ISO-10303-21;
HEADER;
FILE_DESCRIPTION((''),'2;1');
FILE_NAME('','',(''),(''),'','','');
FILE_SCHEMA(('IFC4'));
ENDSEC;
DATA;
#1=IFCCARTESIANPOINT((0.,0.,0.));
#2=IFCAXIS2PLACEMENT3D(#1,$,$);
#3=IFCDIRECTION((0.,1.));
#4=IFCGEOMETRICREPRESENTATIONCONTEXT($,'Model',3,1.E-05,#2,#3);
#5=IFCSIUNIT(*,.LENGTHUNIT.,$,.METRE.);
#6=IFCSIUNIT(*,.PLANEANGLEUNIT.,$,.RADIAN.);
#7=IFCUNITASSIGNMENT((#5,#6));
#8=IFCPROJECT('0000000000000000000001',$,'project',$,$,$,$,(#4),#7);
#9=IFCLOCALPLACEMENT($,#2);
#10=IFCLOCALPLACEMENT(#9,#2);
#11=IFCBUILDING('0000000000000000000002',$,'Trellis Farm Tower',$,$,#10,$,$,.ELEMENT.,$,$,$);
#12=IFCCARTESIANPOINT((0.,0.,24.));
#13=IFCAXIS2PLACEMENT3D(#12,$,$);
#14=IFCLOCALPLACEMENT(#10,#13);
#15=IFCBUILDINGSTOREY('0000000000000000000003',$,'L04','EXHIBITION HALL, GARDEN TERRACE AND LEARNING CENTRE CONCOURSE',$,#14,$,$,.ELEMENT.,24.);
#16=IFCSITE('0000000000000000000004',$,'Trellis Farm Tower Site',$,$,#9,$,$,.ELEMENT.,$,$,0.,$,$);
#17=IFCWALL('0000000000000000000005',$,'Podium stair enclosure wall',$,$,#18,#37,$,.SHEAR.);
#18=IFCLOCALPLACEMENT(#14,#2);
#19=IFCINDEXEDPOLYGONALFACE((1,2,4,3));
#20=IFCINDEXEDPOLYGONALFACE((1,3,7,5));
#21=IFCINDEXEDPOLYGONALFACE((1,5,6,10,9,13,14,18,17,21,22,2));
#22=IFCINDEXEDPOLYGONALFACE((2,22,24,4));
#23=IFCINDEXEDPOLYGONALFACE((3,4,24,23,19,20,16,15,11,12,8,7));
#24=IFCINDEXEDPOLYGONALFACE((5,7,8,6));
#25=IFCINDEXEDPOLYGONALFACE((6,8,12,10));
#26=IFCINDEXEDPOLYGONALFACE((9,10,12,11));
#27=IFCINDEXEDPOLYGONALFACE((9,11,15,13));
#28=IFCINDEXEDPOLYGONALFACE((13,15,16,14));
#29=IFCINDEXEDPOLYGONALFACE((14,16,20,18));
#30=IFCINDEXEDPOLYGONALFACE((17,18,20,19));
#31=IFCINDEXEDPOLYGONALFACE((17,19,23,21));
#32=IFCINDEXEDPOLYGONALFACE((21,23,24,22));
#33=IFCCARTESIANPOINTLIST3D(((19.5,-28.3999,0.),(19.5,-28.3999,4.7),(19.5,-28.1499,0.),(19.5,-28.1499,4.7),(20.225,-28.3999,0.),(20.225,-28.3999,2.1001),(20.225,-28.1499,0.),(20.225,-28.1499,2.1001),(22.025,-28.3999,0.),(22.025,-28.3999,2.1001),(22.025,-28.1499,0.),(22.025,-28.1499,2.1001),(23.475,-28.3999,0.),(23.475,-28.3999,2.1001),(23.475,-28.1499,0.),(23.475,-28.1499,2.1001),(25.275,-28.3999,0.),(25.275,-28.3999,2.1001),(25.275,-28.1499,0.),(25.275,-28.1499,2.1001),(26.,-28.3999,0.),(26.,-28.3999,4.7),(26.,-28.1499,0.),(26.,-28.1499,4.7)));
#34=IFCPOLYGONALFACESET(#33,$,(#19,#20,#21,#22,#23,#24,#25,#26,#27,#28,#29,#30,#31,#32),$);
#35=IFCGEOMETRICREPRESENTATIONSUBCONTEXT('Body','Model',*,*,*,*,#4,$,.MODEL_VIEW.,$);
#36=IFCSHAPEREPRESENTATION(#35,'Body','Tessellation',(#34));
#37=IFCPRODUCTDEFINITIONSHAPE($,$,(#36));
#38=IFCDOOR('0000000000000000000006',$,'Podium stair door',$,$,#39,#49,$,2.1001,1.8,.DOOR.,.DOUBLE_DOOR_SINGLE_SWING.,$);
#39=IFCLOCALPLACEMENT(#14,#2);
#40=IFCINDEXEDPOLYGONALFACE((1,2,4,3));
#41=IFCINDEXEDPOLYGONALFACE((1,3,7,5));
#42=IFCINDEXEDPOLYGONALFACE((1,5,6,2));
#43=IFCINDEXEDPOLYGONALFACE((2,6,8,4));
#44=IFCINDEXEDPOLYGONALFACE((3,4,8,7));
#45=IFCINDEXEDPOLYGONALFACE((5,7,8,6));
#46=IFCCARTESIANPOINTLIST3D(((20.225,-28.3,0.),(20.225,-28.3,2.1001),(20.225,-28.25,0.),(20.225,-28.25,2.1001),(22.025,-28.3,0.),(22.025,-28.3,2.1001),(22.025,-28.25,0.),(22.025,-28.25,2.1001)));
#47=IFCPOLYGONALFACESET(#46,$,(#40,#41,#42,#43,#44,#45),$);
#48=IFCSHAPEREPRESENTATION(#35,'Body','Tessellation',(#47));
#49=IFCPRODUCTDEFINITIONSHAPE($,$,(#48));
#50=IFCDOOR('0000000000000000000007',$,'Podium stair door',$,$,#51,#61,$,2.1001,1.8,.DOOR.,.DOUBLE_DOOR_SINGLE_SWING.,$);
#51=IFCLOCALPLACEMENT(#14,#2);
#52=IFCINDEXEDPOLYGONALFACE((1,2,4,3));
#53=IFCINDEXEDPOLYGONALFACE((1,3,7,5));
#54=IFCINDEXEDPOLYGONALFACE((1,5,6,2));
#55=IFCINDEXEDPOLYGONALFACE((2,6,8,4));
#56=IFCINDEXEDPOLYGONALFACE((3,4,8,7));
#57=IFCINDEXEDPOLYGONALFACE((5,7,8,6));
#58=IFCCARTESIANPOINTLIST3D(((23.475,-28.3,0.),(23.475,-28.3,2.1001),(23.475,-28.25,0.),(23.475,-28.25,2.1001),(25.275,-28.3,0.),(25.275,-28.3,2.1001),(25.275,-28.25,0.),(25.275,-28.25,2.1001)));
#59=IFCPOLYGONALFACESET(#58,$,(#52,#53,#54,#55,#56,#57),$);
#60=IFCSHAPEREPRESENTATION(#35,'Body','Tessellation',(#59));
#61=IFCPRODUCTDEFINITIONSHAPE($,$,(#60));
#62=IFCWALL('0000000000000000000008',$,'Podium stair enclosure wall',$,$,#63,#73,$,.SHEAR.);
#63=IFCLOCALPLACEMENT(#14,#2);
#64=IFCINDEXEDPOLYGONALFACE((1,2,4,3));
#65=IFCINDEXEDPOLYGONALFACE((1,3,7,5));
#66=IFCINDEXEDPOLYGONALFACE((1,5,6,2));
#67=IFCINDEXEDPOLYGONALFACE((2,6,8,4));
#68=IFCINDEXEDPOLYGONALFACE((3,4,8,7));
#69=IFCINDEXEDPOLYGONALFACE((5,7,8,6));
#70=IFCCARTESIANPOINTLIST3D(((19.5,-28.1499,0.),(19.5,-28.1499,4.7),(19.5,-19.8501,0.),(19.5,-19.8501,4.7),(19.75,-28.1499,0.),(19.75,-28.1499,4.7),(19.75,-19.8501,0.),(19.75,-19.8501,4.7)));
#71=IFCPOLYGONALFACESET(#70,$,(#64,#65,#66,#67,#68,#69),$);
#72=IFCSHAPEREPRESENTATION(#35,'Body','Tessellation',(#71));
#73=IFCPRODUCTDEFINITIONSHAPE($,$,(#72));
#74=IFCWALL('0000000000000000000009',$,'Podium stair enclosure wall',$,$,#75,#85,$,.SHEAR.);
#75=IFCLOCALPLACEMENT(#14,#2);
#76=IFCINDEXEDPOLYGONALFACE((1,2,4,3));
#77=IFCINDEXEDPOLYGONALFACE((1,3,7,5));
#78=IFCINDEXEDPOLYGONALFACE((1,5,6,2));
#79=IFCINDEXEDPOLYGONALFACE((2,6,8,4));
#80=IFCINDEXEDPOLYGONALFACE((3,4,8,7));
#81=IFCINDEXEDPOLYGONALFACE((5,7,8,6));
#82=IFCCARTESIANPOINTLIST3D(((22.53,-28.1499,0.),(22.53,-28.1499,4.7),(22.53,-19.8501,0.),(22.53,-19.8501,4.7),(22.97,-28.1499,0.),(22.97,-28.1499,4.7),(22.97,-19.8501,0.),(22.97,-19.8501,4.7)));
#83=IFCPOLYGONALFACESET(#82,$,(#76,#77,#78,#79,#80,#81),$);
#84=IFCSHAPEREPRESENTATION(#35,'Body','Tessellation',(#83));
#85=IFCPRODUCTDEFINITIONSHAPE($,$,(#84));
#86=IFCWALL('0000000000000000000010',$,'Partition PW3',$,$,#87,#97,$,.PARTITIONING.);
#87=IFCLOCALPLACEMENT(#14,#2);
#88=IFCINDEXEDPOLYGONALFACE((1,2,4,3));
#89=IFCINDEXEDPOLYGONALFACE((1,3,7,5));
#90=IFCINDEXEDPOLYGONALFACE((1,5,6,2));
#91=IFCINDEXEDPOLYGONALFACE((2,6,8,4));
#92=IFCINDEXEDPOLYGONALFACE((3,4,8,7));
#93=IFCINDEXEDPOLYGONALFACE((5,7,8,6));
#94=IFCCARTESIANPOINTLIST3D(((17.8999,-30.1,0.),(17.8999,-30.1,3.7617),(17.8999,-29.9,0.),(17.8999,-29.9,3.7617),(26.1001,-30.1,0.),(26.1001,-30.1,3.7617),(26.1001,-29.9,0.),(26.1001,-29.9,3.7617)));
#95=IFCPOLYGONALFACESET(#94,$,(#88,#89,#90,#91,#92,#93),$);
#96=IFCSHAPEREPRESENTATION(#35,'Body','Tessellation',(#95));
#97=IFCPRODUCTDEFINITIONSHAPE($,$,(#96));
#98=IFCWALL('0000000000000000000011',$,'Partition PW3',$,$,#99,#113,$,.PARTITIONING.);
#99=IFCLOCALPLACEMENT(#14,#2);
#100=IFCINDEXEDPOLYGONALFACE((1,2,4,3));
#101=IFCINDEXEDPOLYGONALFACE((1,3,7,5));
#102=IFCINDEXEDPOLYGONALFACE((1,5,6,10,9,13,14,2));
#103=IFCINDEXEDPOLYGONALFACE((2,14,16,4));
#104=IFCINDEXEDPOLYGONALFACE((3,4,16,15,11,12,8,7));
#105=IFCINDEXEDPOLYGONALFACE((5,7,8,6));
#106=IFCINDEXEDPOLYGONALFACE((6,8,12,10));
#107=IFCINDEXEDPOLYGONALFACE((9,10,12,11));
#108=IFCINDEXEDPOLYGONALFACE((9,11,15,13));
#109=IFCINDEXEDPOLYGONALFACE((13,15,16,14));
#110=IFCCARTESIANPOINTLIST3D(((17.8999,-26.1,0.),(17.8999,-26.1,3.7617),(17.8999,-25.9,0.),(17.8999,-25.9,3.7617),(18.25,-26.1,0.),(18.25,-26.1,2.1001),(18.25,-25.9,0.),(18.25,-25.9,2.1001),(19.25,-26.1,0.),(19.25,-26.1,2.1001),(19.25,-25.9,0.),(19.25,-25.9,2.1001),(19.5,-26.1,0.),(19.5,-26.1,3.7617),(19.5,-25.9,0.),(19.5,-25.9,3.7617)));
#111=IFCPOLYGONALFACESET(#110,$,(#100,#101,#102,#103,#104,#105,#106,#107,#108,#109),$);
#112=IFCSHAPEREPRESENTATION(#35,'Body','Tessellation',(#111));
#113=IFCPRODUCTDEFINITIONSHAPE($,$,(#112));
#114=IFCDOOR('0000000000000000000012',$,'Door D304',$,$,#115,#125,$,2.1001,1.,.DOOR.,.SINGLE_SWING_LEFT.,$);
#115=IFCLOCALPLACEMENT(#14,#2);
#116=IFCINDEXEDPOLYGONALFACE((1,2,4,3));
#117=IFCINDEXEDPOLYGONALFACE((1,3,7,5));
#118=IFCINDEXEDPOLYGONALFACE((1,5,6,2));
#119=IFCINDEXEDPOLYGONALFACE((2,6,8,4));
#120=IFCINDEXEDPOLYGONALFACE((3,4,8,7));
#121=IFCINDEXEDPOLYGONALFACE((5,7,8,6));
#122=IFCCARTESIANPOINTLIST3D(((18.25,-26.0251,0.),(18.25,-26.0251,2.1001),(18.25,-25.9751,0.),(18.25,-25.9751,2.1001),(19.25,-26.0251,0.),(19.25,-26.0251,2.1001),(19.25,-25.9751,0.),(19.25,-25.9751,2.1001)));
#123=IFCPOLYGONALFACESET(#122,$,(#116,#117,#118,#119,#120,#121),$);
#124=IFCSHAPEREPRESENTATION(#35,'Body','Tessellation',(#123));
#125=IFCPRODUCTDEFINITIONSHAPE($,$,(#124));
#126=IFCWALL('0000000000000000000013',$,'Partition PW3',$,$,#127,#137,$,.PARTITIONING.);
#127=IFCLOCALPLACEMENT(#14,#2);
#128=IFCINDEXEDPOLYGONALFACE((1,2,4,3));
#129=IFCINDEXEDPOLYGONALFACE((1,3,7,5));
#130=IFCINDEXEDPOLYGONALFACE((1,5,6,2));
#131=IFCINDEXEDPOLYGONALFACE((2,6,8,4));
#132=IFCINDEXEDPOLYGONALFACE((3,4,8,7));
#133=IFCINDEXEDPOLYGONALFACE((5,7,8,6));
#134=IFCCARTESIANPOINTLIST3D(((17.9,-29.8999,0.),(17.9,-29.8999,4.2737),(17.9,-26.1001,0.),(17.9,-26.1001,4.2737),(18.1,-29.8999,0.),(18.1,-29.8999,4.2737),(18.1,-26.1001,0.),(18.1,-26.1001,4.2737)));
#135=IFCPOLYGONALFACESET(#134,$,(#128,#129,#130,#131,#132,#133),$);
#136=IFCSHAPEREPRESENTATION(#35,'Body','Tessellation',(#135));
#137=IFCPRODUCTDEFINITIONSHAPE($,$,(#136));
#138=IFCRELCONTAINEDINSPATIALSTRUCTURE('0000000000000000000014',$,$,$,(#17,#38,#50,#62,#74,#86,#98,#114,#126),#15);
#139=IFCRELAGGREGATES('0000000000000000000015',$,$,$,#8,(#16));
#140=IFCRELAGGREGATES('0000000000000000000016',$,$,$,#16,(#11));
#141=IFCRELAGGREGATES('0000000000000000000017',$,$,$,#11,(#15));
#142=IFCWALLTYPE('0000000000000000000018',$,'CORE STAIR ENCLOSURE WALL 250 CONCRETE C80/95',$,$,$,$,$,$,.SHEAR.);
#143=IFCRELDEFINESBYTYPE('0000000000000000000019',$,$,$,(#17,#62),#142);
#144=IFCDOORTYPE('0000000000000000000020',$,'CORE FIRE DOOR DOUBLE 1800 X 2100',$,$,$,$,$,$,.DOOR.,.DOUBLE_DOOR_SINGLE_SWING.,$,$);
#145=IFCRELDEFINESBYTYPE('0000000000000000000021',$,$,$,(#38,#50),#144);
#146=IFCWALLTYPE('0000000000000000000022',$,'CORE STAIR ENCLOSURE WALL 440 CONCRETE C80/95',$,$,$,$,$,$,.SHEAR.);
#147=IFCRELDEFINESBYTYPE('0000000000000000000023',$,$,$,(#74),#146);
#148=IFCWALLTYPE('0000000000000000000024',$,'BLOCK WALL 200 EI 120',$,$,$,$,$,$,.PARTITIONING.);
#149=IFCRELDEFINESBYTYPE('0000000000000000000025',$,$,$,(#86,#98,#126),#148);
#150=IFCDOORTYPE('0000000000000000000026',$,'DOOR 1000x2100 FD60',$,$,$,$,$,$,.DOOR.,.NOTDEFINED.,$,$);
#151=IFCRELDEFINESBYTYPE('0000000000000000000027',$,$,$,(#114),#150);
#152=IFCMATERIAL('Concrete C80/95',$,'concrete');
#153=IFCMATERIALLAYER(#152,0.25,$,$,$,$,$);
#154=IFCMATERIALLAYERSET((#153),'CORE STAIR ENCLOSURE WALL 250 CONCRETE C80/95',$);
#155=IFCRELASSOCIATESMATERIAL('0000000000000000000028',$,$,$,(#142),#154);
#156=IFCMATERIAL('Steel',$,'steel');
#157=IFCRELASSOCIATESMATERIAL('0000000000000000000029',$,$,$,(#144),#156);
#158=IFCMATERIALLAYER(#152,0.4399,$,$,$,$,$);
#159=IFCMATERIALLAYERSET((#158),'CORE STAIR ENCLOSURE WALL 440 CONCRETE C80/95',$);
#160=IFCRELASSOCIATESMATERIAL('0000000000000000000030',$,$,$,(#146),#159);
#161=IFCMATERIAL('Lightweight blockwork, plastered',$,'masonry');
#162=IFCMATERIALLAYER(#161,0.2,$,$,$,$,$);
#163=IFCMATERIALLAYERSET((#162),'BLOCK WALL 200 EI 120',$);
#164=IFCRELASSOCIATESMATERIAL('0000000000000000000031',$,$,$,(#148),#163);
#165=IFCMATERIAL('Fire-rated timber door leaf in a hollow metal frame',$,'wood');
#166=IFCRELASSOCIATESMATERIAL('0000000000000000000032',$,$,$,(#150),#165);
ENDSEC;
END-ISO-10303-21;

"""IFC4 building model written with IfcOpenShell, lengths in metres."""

from ifc_helpers import new_model, si_unit, direction, frame, frame_2d, origin, place, context, subcontext, project, spatial, rectangle, extrude, source, transform, mapped, material, layer, layer_set, type_object, element, fill, save


model = new_model("IFC4")

# Units and contexts
model_context = context("Model", 3, precision=1e-05, world=origin(), true_north=direction((0.0, 1.0)))
body_context = subcontext(model_context, "Body", "Model", "MODEL_VIEW")
ifc_project = project(units=[si_unit("LENGTHUNIT", "METRE"), si_unit("PLANEANGLEUNIT", "RADIAN")], contexts=[model_context])

# Site, building, storey
site_placement = place(None, origin())
site = spatial("IfcSite", under=ifc_project, at=site_placement, Name="Trellis Farm Tower Site", CompositionType="ELEMENT", RefElevation=0.0)
building_placement = place(site_placement, origin())
building = spatial("IfcBuilding", under=site, at=building_placement, Name="Trellis Farm Tower", CompositionType="ELEMENT")
storey_placement = place(building_placement, frame((0.0, 0.0, 24.0)))
storey = spatial("IfcBuildingStorey", under=building, at=storey_placement, Name="L04", Description="EXHIBITION HALL, GARDEN TERRACE AND LEARNING CENTRE CONCOURSE", CompositionType="ELEMENT", Elevation=24.0)

# Wall, openings, doors
ifc_material_1 = material(Name="Concrete C80/95", Category="concrete")
ifc_layer_1 = layer(ifc_material_1, 0.25)
ifc_layer_set_1 = layer_set([ifc_layer_1], Name="CORE STAIR ENCLOSURE WALL 250 CONCRETE C80/95")
wall_type_1 = type_object("IfcWallType", Name="CORE STAIR ENCLOSURE WALL 250 CONCRETE C80/95", PredefinedType="SHEAR", material=ifc_layer_set_1)
shared_shape_1 = source(origin(), body_context, "Body", "SweptSolid", [
    extrude(rectangle(XDim=6.5, YDim=0.25, at=frame_2d((3.25, 0.0))), origin(), (0.0, 0.0, 1.0), 4.7),
])
wall_1_placement = place(storey_placement, frame((19.5, -28.2749, 0.0), z_axis=(0.0, 0.0, 1.0), x_axis=(1.0, 0.0, 0.0)))
wall_1 = element("IfcWall", 1, at=wall_1_placement, inside=storey, type_object=wall_type_1, Name="Podium stair enclosure wall", PredefinedType="SHEAR", context=body_context, shape_type="MappedRepresentation", body=[
    mapped(shared_shape_1, transform((0.0, 0.0, 0.0))),
])
shared_shape_2 = source(origin(), body_context, "Body", "SweptSolid", [
    extrude(rectangle(XDim=1.8, YDim=2.1001, at=frame_2d((0.8999, 1.05))), frame((0.0, 0.135, 0.0), z_axis=(0.0, -1.0, 0.0), x_axis=(1.0, 0.0, 0.0)), (0.0, 0.0, 1.0), 0.27),
])
opening_1_placement = place(wall_1_placement, frame((0.7251, 0.0, 0.0)))
opening_1 = element("IfcOpeningElement", 2, at=opening_1_placement, cuts=wall_1, PredefinedType="OPENING", context=body_context, shape_type="MappedRepresentation", body=[
    mapped(shared_shape_2, transform((0.0, 0.0, 0.0))),
])
opening_2_placement = place(wall_1_placement, frame((3.9751, 0.0, 0.0)))
opening_2 = element("IfcOpeningElement", 3, at=opening_2_placement, cuts=wall_1, PredefinedType="OPENING", context=body_context, shape_type="MappedRepresentation", body=[
    mapped(shared_shape_2, transform((0.0, 0.0, 0.0))),
])
ifc_material_2 = material(Name="Steel", Category="steel")
door_type_1 = type_object("IfcDoorType", Name="CORE FIRE DOOR DOUBLE 1800 X 2100", OperationType="DOUBLE_DOOR_SINGLE_SWING", PredefinedType="DOOR", material=ifc_material_2)
shared_shape_3 = source(origin(), body_context, "Body", "SweptSolid", [
    extrude(rectangle(XDim=1.8, YDim=2.1001, at=frame_2d((0.8999, 1.05))), frame((0.0, 0.0249, 0.0), z_axis=(0.0, -1.0, 0.0), x_axis=(1.0, 0.0, 0.0)), (0.0, 0.0, 1.0), 0.05),
])
door_1_placement = place(opening_1_placement, origin())
door_1 = element("IfcDoor", 4, at=door_1_placement, inside=storey, type_object=door_type_1, Name="Podium stair door", OperationType="DOUBLE_DOOR_SINGLE_SWING", OverallHeight=2.1001, OverallWidth=1.8, PredefinedType="DOOR", context=body_context, shape_type="MappedRepresentation", body=[
    mapped(shared_shape_3, transform((0.0, 0.0, 0.0))),
])
fill(opening_1, door_1)
door_2_placement = place(opening_2_placement, origin())
door_2 = element("IfcDoor", 5, at=door_2_placement, inside=storey, type_object=door_type_1, Name="Podium stair door", OperationType="DOUBLE_DOOR_SINGLE_SWING", OverallHeight=2.1001, OverallWidth=1.8, PredefinedType="DOOR", context=body_context, shape_type="MappedRepresentation", body=[
    mapped(shared_shape_3, transform((0.0, 0.0, 0.0))),
])
fill(opening_2, door_2)

# Walls
shared_shape_4 = source(origin(), body_context, "Body", "SweptSolid", [
    extrude(rectangle(XDim=8.2998, YDim=0.25, at=frame_2d((4.1499, 0.0))), origin(), (0.0, 0.0, 1.0), 4.7),
])
wall_2_placement = place(storey_placement, frame((19.625, -28.1499, 0.0), z_axis=(0.0, 0.0, 1.0), x_axis=(0.0, 1.0, 0.0)))
element("IfcWall", 6, at=wall_2_placement, inside=storey, type_object=wall_type_1, Name="Podium stair enclosure wall", PredefinedType="SHEAR", context=body_context, shape_type="MappedRepresentation", body=[
    mapped(shared_shape_4, transform((0.0, 0.0, 0.0))),
])
ifc_layer_2 = layer(ifc_material_1, 0.4399)
ifc_layer_set_2 = layer_set([ifc_layer_2], Name="CORE STAIR ENCLOSURE WALL 440 CONCRETE C80/95")
wall_type_2 = type_object("IfcWallType", Name="CORE STAIR ENCLOSURE WALL 440 CONCRETE C80/95", PredefinedType="SHEAR", material=ifc_layer_set_2)
shared_shape_5 = source(origin(), body_context, "Body", "SweptSolid", [
    extrude(rectangle(XDim=8.2998, YDim=0.4399, at=frame_2d((4.1499, 0.0))), origin(), (0.0, 0.0, 1.0), 4.7),
])
wall_3_placement = place(storey_placement, frame((22.75, -28.1499, 0.0), z_axis=(0.0, 0.0, 1.0), x_axis=(0.0, 1.0, 0.0)))
element("IfcWall", 7, at=wall_3_placement, inside=storey, type_object=wall_type_2, Name="Podium stair enclosure wall", PredefinedType="SHEAR", context=body_context, shape_type="MappedRepresentation", body=[
    mapped(shared_shape_5, transform((0.0, 0.0, 0.0))),
])
ifc_material_3 = material(Name="Lightweight blockwork, plastered", Category="masonry")
ifc_layer_3 = layer(ifc_material_3, 0.2)
ifc_layer_set_3 = layer_set([ifc_layer_3], Name="BLOCK WALL 200 EI 120")
wall_type_3 = type_object("IfcWallType", Name="BLOCK WALL 200 EI 120", PredefinedType="PARTITIONING", material=ifc_layer_set_3)
shared_shape_6 = source(origin(), body_context, "Body", "SweptSolid", [
    extrude(rectangle(XDim=8.2002, YDim=0.2, at=frame_2d((4.1001, 0.0))), origin(), (0.0, 0.0, 1.0), 3.7617),
])
wall_4_placement = place(storey_placement, frame((17.8999, -30.0, 0.0), z_axis=(0.0, 0.0, 1.0), x_axis=(1.0, 0.0, 0.0)))
element("IfcWall", 8, at=wall_4_placement, inside=storey, type_object=wall_type_3, Name="Partition PW3", PredefinedType="PARTITIONING", context=body_context, shape_type="MappedRepresentation", body=[
    mapped(shared_shape_6, transform((0.0, 0.0, 0.0))),
])

# Wall, opening, door
shared_shape_7 = source(origin(), body_context, "Body", "SweptSolid", [
    extrude(rectangle(XDim=1.6001, YDim=0.2, at=frame_2d((0.8, 0.0))), origin(), (0.0, 0.0, 1.0), 3.7617),
])
wall_5_placement = place(storey_placement, frame((17.8999, -26.0, 0.0), z_axis=(0.0, 0.0, 1.0), x_axis=(1.0, 0.0, 0.0)))
wall_5 = element("IfcWall", 9, at=wall_5_placement, inside=storey, type_object=wall_type_3, Name="Partition PW3", PredefinedType="PARTITIONING", context=body_context, shape_type="MappedRepresentation", body=[
    mapped(shared_shape_7, transform((0.0, 0.0, 0.0))),
])
shared_shape_8 = source(origin(), body_context, "Body", "SweptSolid", [
    extrude(rectangle(XDim=1.0, YDim=2.1001, at=frame_2d((0.5, 1.05))), frame((0.0, 0.1101, 0.0), z_axis=(0.0, -1.0, 0.0), x_axis=(1.0, 0.0, 0.0)), (0.0, 0.0, 1.0), 0.2202),
])
opening_3_placement = place(wall_5_placement, frame((0.3501, 0.0, 0.0)))
opening_3 = element("IfcOpeningElement", 10, at=opening_3_placement, cuts=wall_5, PredefinedType="OPENING", context=body_context, shape_type="MappedRepresentation", body=[
    mapped(shared_shape_8, transform((0.0, 0.0, 0.0))),
])
ifc_material_4 = material(Name="Fire-rated timber door leaf in a hollow metal frame", Category="wood")
door_type_2 = type_object("IfcDoorType", Name="DOOR 1000x2100 FD60", OperationType="NOTDEFINED", PredefinedType="DOOR", material=ifc_material_4)
shared_shape_9 = source(origin(), body_context, "Body", "SweptSolid", [
    extrude(rectangle(XDim=1.0, YDim=2.1001, at=frame_2d((0.5, 1.05))), frame((0.0, 0.0249, 0.0), z_axis=(0.0, -1.0, 0.0), x_axis=(1.0, 0.0, 0.0)), (0.0, 0.0, 1.0), 0.05),
])
door_3_placement = place(opening_3_placement, origin())
door_3 = element("IfcDoor", 11, at=door_3_placement, inside=storey, type_object=door_type_2, Name="Door D304", OperationType="SINGLE_SWING_LEFT", OverallHeight=2.1001, OverallWidth=1.0, PredefinedType="DOOR", context=body_context, shape_type="MappedRepresentation", body=[
    mapped(shared_shape_9, transform((0.0, 0.0, 0.0))),
])
fill(opening_3, door_3)

# Wall
shared_shape_10 = source(origin(), body_context, "Body", "SweptSolid", [
    extrude(rectangle(XDim=3.7998, YDim=0.2, at=frame_2d((1.8999, 0.0))), origin(), (0.0, 0.0, 1.0), 4.2737),
])
wall_6_placement = place(storey_placement, frame((18.0, -26.1001, 0.0), z_axis=(0.0, 0.0, 1.0), x_axis=(0.0, -1.0, 0.0)))
element("IfcWall", 12, at=wall_6_placement, inside=storey, type_object=wall_type_3, Name="Partition PW3", PredefinedType="PARTITIONING", context=body_context, shape_type="MappedRepresentation", body=[
    mapped(shared_shape_10, transform((0.0, 0.0, 0.0))),
])

save(model, "model.ifc")
